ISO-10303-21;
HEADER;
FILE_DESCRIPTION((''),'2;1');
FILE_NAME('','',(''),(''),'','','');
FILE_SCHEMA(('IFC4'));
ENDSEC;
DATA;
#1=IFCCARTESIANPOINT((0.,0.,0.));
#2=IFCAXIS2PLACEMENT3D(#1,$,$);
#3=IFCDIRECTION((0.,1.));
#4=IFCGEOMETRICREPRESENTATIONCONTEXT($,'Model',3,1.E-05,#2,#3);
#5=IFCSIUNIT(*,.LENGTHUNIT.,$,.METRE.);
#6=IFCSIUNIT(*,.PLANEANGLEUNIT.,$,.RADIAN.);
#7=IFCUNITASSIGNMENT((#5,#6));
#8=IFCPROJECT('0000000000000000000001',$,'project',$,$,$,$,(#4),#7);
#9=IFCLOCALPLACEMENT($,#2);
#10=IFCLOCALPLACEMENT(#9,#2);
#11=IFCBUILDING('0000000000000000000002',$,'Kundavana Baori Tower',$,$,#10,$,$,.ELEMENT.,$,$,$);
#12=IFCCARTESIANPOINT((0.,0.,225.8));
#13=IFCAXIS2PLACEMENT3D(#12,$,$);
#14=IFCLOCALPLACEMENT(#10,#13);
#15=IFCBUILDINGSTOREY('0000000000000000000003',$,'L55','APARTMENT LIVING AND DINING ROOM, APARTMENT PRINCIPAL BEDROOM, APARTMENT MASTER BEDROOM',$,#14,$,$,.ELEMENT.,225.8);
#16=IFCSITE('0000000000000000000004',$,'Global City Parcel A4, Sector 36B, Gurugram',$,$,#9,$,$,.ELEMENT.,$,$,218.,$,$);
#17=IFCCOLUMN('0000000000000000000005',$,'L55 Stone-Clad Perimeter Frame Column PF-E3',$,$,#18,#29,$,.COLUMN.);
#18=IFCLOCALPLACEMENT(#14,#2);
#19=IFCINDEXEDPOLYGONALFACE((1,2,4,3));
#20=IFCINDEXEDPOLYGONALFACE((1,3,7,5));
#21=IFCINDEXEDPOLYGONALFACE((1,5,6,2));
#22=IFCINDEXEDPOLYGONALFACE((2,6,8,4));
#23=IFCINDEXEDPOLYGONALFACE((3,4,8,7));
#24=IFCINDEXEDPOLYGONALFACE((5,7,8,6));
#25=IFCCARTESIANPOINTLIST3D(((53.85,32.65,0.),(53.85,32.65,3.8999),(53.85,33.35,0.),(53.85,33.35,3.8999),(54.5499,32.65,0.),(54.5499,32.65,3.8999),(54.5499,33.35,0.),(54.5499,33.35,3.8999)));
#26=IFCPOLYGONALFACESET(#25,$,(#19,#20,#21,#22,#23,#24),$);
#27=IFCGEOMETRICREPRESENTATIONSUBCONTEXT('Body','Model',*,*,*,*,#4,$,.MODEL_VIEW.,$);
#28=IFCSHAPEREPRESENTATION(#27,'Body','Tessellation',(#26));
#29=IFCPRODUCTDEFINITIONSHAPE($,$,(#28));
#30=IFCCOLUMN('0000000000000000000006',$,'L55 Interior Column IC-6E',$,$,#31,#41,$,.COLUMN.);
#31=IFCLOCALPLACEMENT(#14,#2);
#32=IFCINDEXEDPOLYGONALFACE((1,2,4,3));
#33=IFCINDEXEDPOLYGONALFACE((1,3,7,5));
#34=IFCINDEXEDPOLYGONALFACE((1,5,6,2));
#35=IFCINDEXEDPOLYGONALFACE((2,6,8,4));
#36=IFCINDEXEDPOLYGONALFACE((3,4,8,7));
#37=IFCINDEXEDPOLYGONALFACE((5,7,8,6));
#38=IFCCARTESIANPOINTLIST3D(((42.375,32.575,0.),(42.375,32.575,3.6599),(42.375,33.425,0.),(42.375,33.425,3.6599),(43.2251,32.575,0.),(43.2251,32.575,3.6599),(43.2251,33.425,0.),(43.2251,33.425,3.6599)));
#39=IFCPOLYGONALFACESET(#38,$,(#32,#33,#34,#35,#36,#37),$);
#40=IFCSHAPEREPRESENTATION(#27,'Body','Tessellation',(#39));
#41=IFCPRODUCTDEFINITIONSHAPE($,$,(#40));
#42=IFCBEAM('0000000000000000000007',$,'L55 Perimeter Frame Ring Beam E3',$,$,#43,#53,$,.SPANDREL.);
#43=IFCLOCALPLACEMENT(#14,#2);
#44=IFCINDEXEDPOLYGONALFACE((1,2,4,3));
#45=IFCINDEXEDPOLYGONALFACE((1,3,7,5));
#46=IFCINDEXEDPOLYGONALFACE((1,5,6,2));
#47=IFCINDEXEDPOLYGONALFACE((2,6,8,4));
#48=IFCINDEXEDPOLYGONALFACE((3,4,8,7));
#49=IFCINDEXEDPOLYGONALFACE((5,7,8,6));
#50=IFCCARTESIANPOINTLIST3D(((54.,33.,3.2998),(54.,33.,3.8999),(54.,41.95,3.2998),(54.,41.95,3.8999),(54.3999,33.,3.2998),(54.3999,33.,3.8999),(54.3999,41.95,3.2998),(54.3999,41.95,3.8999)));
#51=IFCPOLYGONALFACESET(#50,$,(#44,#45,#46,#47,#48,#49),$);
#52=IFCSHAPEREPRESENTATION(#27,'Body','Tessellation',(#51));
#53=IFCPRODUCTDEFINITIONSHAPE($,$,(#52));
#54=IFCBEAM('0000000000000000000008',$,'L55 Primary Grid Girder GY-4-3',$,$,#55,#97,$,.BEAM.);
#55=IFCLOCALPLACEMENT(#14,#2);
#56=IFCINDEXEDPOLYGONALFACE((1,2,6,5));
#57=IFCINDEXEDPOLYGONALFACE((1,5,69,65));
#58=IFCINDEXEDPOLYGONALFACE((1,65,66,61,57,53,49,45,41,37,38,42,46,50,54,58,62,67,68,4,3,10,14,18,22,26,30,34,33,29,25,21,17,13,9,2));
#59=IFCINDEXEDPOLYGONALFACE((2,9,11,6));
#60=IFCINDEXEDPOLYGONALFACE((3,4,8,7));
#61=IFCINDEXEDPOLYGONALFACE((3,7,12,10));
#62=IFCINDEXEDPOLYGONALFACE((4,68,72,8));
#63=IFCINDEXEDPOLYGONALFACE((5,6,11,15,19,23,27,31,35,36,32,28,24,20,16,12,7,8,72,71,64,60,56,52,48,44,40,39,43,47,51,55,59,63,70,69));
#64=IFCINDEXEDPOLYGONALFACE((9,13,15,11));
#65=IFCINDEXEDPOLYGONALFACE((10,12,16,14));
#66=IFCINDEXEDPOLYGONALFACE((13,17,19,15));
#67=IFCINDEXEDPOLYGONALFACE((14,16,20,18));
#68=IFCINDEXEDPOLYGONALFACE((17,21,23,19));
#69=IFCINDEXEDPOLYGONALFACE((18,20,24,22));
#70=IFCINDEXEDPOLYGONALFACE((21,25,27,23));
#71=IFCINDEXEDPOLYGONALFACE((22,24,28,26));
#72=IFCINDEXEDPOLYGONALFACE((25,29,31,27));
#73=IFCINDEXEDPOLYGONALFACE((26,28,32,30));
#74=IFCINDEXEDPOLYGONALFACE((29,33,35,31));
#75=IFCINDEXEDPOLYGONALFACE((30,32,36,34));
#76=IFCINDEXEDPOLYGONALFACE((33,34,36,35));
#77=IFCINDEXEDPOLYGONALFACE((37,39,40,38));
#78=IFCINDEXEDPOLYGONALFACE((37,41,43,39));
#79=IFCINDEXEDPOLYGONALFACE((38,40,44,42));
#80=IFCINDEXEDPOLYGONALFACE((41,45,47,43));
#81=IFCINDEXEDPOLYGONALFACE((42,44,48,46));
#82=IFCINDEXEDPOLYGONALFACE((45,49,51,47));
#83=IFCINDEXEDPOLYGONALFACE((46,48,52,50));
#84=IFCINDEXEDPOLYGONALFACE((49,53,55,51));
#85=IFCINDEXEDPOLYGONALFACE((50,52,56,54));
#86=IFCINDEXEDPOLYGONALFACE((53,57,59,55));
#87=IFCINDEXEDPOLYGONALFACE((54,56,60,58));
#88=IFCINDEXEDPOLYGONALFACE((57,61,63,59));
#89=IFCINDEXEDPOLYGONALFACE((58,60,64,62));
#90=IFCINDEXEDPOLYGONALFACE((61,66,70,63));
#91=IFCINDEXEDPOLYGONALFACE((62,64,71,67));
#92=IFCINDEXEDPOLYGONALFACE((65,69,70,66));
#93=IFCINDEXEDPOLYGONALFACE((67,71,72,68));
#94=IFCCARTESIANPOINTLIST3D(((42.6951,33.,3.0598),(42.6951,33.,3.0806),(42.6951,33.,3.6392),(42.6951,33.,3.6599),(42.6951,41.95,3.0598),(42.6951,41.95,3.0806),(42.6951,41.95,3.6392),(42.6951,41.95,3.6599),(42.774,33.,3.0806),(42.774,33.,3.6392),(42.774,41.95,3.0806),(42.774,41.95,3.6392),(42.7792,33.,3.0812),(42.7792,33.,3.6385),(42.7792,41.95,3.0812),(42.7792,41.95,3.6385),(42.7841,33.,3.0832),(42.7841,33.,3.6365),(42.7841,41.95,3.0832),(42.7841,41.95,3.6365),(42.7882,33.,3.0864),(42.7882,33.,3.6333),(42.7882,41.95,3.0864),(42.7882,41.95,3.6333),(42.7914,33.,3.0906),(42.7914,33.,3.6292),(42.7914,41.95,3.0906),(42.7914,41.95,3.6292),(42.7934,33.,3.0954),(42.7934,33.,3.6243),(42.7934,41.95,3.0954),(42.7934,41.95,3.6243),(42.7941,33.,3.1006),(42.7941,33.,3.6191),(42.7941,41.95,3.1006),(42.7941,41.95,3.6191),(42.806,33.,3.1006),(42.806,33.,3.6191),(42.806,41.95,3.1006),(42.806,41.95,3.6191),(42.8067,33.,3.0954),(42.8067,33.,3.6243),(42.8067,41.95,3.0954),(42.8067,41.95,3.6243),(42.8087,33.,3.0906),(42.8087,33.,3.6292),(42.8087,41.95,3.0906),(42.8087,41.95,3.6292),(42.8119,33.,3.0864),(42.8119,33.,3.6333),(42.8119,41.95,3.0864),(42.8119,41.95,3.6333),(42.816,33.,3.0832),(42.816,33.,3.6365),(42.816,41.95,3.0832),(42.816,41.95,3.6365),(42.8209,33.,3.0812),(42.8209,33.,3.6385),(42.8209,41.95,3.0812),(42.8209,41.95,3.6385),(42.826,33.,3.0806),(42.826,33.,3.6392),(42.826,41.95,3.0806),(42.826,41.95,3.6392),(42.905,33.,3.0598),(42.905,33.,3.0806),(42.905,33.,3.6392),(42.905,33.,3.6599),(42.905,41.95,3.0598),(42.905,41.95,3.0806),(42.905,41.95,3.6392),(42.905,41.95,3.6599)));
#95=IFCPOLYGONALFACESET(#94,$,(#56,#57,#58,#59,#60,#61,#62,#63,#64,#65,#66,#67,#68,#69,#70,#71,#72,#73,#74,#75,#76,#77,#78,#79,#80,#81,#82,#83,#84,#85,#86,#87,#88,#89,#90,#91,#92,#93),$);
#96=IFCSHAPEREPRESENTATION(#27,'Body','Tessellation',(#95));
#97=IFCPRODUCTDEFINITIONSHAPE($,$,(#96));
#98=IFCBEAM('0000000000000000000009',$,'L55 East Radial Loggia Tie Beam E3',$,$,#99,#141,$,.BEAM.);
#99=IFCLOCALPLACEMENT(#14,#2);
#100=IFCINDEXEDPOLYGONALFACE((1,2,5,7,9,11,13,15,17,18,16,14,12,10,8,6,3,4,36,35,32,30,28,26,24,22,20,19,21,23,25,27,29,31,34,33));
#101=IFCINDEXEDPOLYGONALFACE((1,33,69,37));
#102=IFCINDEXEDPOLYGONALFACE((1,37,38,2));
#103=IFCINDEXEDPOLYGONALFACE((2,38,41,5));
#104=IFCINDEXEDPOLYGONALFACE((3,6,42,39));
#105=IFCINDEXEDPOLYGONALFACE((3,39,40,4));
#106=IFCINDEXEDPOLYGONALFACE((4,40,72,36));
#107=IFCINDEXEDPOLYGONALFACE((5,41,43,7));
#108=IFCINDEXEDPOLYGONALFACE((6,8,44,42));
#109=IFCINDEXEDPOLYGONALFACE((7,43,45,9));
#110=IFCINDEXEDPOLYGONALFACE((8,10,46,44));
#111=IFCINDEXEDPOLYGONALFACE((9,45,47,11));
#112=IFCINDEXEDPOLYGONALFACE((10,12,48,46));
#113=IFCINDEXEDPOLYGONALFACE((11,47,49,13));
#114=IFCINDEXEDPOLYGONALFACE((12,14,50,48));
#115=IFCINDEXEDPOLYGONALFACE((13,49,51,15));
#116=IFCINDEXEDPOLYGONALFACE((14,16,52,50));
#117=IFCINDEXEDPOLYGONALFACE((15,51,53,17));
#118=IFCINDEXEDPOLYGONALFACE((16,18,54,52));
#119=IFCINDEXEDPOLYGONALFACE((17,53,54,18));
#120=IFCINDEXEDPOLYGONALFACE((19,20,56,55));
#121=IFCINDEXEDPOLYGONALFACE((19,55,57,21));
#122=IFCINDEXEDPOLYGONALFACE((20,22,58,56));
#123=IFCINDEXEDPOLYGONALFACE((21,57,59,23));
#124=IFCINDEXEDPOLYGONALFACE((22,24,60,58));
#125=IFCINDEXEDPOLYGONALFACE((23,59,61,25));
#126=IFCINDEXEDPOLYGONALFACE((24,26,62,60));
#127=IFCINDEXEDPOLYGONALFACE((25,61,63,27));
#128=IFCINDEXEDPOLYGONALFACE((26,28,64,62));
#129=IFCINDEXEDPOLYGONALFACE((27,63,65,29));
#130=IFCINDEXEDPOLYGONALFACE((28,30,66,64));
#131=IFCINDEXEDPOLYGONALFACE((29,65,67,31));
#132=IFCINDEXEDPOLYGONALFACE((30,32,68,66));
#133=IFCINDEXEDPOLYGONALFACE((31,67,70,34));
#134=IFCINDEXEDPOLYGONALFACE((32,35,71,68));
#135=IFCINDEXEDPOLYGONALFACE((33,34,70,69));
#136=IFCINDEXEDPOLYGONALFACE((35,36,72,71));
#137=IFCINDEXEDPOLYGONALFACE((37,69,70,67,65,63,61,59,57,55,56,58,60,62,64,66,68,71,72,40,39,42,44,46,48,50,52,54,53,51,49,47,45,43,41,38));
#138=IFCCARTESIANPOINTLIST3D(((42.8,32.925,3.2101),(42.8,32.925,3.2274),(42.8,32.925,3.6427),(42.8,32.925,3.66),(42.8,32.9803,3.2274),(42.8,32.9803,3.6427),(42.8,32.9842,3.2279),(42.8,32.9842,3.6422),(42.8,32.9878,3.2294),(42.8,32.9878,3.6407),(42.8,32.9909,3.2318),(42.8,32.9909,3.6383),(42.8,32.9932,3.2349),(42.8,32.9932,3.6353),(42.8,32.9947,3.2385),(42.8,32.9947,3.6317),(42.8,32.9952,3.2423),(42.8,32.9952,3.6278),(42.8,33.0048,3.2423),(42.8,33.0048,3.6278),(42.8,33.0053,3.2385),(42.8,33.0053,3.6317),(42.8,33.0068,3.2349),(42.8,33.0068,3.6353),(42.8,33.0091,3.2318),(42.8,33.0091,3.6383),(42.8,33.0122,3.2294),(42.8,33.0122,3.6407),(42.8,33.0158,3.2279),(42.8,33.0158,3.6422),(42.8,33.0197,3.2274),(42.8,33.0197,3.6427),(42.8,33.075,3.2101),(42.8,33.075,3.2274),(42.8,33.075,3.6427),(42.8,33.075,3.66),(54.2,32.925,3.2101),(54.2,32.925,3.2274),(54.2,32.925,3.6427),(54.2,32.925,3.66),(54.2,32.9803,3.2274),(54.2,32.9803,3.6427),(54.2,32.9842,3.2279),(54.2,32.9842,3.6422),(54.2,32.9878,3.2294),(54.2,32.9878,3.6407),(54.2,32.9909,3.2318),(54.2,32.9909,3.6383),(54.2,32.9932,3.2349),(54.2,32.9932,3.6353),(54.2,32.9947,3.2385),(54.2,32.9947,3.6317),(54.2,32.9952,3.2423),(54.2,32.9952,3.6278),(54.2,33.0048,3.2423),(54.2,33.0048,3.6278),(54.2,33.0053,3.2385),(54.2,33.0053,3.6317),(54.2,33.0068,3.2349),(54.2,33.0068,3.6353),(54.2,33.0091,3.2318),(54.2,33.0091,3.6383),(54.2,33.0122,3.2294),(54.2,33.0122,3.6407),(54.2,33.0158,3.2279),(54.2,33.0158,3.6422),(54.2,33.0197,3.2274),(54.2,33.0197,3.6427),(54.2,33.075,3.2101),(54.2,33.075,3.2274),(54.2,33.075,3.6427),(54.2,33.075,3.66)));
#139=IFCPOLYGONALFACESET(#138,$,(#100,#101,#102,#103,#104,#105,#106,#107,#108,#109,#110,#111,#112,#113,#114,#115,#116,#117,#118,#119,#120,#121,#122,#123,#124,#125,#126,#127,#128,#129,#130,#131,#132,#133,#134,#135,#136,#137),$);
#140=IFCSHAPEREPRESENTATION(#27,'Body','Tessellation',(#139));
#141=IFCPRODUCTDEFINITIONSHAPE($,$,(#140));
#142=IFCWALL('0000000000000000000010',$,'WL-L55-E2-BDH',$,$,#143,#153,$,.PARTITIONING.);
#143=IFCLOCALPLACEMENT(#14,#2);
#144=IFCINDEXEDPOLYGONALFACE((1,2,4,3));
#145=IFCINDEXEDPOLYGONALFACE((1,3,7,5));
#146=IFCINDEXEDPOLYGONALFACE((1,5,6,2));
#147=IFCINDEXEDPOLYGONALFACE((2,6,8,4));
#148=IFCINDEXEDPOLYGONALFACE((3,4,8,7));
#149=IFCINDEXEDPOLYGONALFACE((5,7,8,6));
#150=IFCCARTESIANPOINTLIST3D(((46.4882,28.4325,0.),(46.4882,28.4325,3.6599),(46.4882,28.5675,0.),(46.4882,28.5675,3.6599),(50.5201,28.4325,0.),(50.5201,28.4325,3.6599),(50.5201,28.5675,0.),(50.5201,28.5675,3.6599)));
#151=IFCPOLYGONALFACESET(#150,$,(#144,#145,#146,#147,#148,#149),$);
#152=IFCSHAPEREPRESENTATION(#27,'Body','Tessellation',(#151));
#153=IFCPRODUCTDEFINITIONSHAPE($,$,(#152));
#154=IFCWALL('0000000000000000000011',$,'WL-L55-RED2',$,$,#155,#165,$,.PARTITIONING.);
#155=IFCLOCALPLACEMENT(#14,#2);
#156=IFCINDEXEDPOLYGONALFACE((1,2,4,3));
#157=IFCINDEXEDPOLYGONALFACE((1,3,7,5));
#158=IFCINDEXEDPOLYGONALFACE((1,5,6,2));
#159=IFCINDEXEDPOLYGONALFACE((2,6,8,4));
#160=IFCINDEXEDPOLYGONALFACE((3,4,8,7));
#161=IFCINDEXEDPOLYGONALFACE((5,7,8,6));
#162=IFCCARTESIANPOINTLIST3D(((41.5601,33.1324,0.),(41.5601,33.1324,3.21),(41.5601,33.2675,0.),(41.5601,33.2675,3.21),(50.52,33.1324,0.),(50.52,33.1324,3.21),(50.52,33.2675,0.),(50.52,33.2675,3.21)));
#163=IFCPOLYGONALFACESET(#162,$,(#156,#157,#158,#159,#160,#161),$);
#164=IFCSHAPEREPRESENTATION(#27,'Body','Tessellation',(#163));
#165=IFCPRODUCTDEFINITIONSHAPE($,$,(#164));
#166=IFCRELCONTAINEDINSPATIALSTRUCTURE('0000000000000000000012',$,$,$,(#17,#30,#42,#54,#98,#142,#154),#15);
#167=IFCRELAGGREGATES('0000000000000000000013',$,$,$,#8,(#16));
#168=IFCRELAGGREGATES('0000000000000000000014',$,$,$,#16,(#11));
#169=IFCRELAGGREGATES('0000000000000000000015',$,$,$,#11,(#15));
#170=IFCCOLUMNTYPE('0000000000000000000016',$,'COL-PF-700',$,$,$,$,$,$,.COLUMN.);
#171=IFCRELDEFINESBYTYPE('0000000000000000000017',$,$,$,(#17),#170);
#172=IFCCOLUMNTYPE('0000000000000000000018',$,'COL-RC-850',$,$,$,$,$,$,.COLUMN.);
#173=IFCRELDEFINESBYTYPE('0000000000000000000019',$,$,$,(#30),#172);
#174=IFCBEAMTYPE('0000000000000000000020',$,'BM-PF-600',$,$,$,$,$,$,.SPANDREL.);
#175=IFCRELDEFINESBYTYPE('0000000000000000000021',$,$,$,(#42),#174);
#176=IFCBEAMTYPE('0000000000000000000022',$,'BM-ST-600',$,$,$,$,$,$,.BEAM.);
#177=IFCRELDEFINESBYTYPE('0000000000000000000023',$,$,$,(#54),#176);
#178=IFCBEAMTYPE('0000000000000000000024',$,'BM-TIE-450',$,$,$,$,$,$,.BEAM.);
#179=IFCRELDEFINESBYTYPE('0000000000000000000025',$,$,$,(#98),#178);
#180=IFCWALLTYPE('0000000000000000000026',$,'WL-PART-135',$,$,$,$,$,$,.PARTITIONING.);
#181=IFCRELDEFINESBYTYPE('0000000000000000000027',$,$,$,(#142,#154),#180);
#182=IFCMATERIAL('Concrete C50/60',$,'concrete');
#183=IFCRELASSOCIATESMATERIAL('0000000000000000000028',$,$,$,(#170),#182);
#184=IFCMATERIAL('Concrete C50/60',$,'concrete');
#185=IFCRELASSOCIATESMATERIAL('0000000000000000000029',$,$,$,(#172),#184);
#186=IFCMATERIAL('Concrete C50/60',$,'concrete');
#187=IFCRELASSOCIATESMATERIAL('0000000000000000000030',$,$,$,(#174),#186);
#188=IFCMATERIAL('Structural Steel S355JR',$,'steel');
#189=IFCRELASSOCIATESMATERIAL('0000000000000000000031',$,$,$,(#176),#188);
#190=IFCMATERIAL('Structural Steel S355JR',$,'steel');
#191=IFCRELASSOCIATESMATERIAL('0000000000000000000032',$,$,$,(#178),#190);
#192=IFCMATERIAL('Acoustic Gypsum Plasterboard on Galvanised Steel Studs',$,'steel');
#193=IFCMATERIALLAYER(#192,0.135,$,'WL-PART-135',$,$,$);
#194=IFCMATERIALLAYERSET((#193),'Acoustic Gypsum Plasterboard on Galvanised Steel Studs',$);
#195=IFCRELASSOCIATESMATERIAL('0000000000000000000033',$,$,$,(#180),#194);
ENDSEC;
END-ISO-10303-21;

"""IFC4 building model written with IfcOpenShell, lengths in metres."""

from ifc_helpers import new_model, si_unit, direction, frame, frame_2d, origin, origin_2d, place, context, subcontext, project, spatial, rectangle, i_section, extrude, material, layer, layer_set, material_profile, profile_set, type_object, element, save


model = new_model("IFC4")

# Units and contexts
model_context = context("Model", 3, precision=1e-05, world=origin(), true_north=direction((0.0, 1.0)))
body_context = subcontext(model_context, "Body", "Model", "MODEL_VIEW")
ifc_project = project(units=[si_unit("LENGTHUNIT", "METRE"), si_unit("PLANEANGLEUNIT", "RADIAN")], contexts=[model_context])

# Site, building, storey
site_placement = place(None, origin())
site = spatial("IfcSite", under=ifc_project, at=site_placement, Name="Global City Parcel A4, Sector 36B, Gurugram", CompositionType="ELEMENT", RefElevation=218.0)
building_placement = place(site_placement, origin())
building = spatial("IfcBuilding", under=site, at=building_placement, Name="Kundavana Baori Tower", CompositionType="ELEMENT")
storey_placement = place(building_placement, frame((0.0, 0.0, 225.8)))
storey = spatial("IfcBuildingStorey", under=building, at=storey_placement, Name="L55", Description="APARTMENT LIVING AND DINING ROOM, APARTMENT PRINCIPAL BEDROOM, APARTMENT MASTER BEDROOM", CompositionType="ELEMENT", Elevation=225.8)

# Columns
ifc_material_1 = material(Name="Concrete C50/60", Category="concrete")
ifc_material_profile_1 = material_profile(ifc_material_1, rectangle(XDim=0.7, YDim=0.7, at=origin_2d()), Name="RC PF 700x700")
ifc_profile_set_1 = profile_set([ifc_material_profile_1], Name="Concrete C50/60")
column_type_1 = type_object("IfcColumnType", Name="COL-PF-700", PredefinedType="COLUMN", material=ifc_profile_set_1)
column_1_placement = place(storey_placement, frame((54.2, 33.0, 0.0), z_axis=(0.0, 0.0, 1.0), x_axis=(1.0, 0.0, 0.0)))
element("IfcColumn", 1, at=column_1_placement, inside=storey, type_object=column_type_1, Name="L55 Stone-Clad Perimeter Frame Column PF-E3", PredefinedType="COLUMN", context=body_context, shape_type="SweptSolid", body=[
    extrude(rectangle(XDim=0.7, YDim=0.7, at=origin_2d()), origin(), (0.0, 0.0, 1.0), 3.8999),
])
ifc_material_2 = material(Name="Concrete C50/60", Category="concrete")
ifc_material_profile_2 = material_profile(ifc_material_2, rectangle(XDim=0.8501, YDim=0.8501, at=origin_2d()), Name="RC 850x850")
ifc_profile_set_2 = profile_set([ifc_material_profile_2], Name="Concrete C50/60")
column_type_2 = type_object("IfcColumnType", Name="COL-RC-850", PredefinedType="COLUMN", material=ifc_profile_set_2)
column_2_placement = place(storey_placement, frame((42.8, 33.0, 0.0), z_axis=(0.0, 0.0, 1.0), x_axis=(1.0, 0.0, 0.0)))
element("IfcColumn", 2, at=column_2_placement, inside=storey, type_object=column_type_2, Name="L55 Interior Column IC-6E", PredefinedType="COLUMN", context=body_context, shape_type="SweptSolid", body=[
    extrude(rectangle(XDim=0.8501, YDim=0.8501, at=origin_2d()), origin(), (0.0, 0.0, 1.0), 3.6599),
])

# Beams
ifc_material_3 = material(Name="Concrete C50/60", Category="concrete")
ifc_material_profile_3 = material_profile(ifc_material_3, rectangle(XDim=0.3999, YDim=0.6001, at=origin_2d()), Name="RC BM 400x600")
ifc_profile_set_3 = profile_set([ifc_material_profile_3], Name="Concrete C50/60")
beam_type_1 = type_object("IfcBeamType", Name="BM-PF-600", PredefinedType="SPANDREL", material=ifc_profile_set_3)
beam_1_placement = place(storey_placement, frame((54.2, 33.0, 3.5999), z_axis=(0.0, 1.0, 0.0), x_axis=(-1.0, 0.0, 0.0)))
element("IfcBeam", 3, at=beam_1_placement, inside=storey, type_object=beam_type_1, Name="L55 Perimeter Frame Ring Beam E3", PredefinedType="SPANDREL", context=body_context, shape_type="SweptSolid", body=[
    extrude(rectangle(XDim=0.3999, YDim=0.6001, at=origin_2d()), origin(), (0.0, 0.0, 1.0), 8.95),
])
ifc_material_4 = material(Name="Structural Steel S355JR", Category="steel")
ifc_material_profile_4 = material_profile(ifc_material_4, i_section(OverallWidth=0.21, OverallDepth=0.6001, WebThickness=0.012, FlangeThickness=0.0208, FilletRadius=0.02, at=origin_2d()), Name="ISMB 600")
ifc_profile_set_4 = profile_set([ifc_material_profile_4], Name="Structural Steel S355JR")
beam_type_2 = type_object("IfcBeamType", Name="BM-ST-600", PredefinedType="BEAM", material=ifc_profile_set_4)
beam_2_placement = place(storey_placement, frame((42.8, 33.0, 3.3599), z_axis=(0.0, 1.0, 0.0), x_axis=(-1.0, 0.0, 0.0)))
element("IfcBeam", 4, at=beam_2_placement, inside=storey, type_object=beam_type_2, Name="L55 Primary Grid Girder GY-4-3", PredefinedType="BEAM", context=body_context, shape_type="SweptSolid", body=[
    extrude(i_section(OverallWidth=0.21, OverallDepth=0.6001, WebThickness=0.012, FlangeThickness=0.0208, FilletRadius=0.02, at=origin_2d()), origin(), (0.0, 0.0, 1.0), 8.95),
])
ifc_material_5 = material(Name="Structural Steel S355JR", Category="steel")
ifc_material_profile_5 = material_profile(ifc_material_5, i_section(OverallWidth=0.1499, OverallDepth=0.45, WebThickness=0.0095, FlangeThickness=0.0173, FilletRadius=0.0149, at=origin_2d()), Name="ISMB 450")
ifc_profile_set_5 = profile_set([ifc_material_profile_5], Name="Structural Steel S355JR")
beam_type_3 = type_object("IfcBeamType", Name="BM-TIE-450", PredefinedType="BEAM", material=ifc_profile_set_5)
beam_3_placement = place(storey_placement, frame((42.8, 33.0, 3.4351), z_axis=(1.0, 0.0, 0.0), x_axis=(0.0, 1.0, 0.0)))
element("IfcBeam", 5, at=beam_3_placement, inside=storey, type_object=beam_type_3, Name="L55 East Radial Loggia Tie Beam E3", PredefinedType="BEAM", context=body_context, shape_type="SweptSolid", body=[
    extrude(i_section(OverallWidth=0.1499, OverallDepth=0.45, WebThickness=0.0095, FlangeThickness=0.0173, FilletRadius=0.0149, at=origin_2d()), origin(), (0.0, 0.0, 1.0), 11.3999),
])

# Walls
ifc_material_6 = material(Name="Acoustic Gypsum Plasterboard on Galvanised Steel Studs", Category="steel")
ifc_layer_1 = layer(ifc_material_6, 0.135, Name="WL-PART-135")
ifc_layer_set_1 = layer_set([ifc_layer_1], Name="Acoustic Gypsum Plasterboard on Galvanised Steel Studs")
wall_type_1 = type_object("IfcWallType", Name="WL-PART-135", PredefinedType="PARTITIONING", material=ifc_layer_set_1)
wall_1_placement = place(storey_placement, frame((46.488, 28.5, 0.0), z_axis=(0.0, 0.0, 1.0), x_axis=(1.0, 0.0, 0.0)))
element("IfcWall", 6, at=wall_1_placement, inside=storey, type_object=wall_type_1, Name="WL-L55-E2-BDH", PredefinedType="PARTITIONING", context=body_context, shape_type="SweptSolid", body=[
    extrude(rectangle(XDim=4.032, YDim=0.135, at=frame_2d((2.0161, 0.0))), origin(), (0.0, 0.0, 1.0), 3.6599),
])
wall_2_placement = place(storey_placement, frame((41.5601, 33.2, 0.0), z_axis=(0.0, 0.0, 1.0), x_axis=(1.0, 0.0, 0.0)))
element("IfcWall", 7, at=wall_2_placement, inside=storey, type_object=wall_type_1, Name="WL-L55-RED2", PredefinedType="PARTITIONING", context=body_context, shape_type="SweptSolid", body=[
    extrude(rectangle(XDim=8.96, YDim=0.135, at=frame_2d((4.48, 0.0))), origin(), (0.0, 0.0, 1.0), 3.21),
])

save(model, "model.ifc")
